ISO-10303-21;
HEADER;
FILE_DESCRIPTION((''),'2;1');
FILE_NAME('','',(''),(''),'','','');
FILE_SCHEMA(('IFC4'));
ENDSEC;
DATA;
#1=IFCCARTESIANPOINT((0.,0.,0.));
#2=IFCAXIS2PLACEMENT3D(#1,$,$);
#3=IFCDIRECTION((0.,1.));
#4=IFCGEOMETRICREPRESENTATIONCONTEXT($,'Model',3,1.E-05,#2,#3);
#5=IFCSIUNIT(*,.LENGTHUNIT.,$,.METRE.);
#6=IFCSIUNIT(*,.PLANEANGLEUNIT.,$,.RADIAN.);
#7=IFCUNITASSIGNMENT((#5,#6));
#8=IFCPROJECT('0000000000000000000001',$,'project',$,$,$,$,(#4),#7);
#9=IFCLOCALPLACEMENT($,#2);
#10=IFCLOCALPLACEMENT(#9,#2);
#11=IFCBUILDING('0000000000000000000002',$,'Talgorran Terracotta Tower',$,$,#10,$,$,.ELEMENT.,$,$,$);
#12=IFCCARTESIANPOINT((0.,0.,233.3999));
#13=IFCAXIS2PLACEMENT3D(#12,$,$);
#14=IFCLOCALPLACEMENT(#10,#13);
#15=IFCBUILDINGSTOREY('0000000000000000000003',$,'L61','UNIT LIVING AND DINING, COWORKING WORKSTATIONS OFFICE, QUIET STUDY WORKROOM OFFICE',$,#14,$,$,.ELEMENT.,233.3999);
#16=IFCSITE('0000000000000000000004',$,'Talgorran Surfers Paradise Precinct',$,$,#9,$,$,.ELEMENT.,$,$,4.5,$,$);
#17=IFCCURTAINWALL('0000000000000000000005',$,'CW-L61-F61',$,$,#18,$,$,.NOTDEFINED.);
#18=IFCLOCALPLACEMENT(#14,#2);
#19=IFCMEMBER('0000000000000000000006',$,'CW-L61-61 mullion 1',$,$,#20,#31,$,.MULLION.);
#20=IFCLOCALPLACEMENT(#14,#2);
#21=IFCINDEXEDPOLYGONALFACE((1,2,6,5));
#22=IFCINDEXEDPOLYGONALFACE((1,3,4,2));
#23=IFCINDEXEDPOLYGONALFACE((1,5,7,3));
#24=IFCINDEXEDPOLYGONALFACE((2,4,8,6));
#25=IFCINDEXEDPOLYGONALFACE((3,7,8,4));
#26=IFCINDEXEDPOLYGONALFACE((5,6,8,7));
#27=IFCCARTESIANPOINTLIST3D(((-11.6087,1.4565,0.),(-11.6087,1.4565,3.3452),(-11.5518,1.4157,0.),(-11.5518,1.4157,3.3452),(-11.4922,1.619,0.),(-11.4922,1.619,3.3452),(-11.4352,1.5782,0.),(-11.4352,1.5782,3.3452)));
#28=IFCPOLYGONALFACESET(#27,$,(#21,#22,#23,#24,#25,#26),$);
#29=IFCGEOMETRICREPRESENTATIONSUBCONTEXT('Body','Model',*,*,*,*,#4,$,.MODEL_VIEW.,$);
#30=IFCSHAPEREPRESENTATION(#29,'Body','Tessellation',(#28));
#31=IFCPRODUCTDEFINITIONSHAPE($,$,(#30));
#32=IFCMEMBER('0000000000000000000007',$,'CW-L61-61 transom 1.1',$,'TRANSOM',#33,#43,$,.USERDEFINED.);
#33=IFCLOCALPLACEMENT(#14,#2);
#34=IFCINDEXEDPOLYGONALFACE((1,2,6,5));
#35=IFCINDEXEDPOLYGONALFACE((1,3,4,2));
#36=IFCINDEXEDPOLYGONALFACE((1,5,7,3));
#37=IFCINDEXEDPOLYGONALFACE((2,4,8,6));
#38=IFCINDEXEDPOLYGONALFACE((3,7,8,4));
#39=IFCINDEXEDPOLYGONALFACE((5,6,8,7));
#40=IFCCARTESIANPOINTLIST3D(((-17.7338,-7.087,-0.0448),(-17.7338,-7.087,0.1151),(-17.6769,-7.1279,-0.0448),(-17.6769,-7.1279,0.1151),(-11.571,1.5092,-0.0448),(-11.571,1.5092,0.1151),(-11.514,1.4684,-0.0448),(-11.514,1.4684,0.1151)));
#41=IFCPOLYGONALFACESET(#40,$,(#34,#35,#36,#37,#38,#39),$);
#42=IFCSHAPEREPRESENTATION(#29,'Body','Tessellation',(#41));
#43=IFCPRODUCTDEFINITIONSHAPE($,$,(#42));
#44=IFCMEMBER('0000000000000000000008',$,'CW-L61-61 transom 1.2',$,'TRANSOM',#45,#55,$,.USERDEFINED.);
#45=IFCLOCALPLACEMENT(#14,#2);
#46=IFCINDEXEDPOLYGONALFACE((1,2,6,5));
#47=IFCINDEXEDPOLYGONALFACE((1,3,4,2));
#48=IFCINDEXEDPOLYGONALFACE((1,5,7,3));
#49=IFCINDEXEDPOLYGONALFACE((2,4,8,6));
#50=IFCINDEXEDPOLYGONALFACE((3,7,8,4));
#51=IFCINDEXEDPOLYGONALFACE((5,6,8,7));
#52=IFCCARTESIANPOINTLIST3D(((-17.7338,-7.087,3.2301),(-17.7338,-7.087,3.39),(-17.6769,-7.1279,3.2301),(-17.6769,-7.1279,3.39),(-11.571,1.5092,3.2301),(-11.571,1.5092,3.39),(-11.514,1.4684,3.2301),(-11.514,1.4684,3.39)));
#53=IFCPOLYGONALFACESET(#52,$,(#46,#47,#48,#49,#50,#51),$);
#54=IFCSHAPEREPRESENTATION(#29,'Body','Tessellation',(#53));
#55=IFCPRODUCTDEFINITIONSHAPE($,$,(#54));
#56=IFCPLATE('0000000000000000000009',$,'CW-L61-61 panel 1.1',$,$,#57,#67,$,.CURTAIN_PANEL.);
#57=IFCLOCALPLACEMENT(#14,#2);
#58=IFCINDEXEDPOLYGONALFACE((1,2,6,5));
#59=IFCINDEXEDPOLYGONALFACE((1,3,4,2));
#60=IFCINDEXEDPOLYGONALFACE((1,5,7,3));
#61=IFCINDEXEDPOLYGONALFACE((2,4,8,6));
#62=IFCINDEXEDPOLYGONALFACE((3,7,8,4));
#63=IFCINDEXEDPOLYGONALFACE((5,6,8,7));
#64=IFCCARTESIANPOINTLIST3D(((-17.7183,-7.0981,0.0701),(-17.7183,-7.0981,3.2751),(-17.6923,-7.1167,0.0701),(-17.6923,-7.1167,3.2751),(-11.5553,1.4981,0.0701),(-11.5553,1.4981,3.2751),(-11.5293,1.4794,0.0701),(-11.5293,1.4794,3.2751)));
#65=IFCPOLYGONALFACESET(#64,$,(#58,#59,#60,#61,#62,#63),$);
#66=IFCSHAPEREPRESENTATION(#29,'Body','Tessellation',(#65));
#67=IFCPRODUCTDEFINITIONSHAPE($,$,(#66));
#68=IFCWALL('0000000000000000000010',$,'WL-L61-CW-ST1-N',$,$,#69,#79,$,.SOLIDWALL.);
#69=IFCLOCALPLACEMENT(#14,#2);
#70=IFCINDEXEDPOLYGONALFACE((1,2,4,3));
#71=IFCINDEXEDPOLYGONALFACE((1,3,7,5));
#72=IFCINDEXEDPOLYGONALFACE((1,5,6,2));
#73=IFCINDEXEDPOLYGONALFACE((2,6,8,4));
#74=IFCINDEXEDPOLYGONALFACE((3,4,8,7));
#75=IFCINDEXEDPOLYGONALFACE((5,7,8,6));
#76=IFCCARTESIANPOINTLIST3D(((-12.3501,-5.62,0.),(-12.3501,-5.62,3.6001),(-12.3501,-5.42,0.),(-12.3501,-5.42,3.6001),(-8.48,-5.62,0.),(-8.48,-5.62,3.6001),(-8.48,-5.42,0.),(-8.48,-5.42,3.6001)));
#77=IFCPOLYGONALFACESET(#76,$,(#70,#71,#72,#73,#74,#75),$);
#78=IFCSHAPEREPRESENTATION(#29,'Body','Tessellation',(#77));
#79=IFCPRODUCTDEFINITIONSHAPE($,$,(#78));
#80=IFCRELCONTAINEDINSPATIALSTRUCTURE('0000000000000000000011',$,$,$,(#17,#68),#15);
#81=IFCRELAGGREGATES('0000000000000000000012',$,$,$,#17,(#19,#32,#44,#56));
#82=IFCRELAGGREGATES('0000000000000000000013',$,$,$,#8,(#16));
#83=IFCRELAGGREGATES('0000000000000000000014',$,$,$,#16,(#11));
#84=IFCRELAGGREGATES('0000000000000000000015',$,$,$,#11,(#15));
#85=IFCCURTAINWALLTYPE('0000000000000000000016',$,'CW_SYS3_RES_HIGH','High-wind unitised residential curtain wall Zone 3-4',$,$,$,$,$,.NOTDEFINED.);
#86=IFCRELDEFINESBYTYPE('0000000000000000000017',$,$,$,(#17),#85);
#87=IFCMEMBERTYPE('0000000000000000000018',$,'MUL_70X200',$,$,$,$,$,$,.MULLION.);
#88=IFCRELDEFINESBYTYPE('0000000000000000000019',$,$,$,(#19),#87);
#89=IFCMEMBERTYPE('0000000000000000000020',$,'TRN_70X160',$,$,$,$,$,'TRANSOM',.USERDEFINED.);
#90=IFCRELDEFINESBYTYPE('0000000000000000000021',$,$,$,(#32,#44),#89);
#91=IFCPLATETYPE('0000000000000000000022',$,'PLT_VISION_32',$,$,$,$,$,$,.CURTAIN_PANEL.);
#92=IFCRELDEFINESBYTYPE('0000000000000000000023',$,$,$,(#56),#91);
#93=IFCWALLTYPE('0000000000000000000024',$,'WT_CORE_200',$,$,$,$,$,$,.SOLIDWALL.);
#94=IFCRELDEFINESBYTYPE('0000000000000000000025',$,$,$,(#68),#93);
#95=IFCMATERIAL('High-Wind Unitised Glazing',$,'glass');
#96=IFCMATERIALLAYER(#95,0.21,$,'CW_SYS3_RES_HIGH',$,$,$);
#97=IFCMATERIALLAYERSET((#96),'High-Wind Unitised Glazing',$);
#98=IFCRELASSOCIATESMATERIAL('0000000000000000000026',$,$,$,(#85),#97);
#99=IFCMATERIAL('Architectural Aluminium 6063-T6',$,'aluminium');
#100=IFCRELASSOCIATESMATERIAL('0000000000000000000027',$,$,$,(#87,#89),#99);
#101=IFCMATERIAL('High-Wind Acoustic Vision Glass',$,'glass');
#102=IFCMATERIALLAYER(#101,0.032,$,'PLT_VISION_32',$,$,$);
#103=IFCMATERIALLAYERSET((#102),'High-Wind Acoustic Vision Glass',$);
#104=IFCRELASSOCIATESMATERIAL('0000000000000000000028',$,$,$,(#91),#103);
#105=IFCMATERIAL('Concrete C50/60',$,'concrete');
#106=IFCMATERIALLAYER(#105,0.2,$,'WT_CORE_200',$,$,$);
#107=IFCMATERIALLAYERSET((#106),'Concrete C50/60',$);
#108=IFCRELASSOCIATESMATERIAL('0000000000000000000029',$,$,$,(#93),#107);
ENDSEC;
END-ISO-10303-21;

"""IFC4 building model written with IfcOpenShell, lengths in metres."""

from ifc_helpers import new_model, si_unit, direction, frame, frame_2d, origin, origin_2d, place, context, subcontext, project, spatial, rectangle, extrude, source, transform, mapped, material, layer, layer_set, material_profile, profile_set, type_object, type_shapes, element, aggregate, save


model = new_model("IFC4")

# Units and contexts
model_context = context("Model", 3, precision=1e-05, world=origin(), true_north=direction((0.0, 1.0)))
body_context = subcontext(model_context, "Body", "Model", "MODEL_VIEW")
ifc_project = project(units=[si_unit("LENGTHUNIT", "METRE"), si_unit("PLANEANGLEUNIT", "RADIAN")], contexts=[model_context])

# Site, building, storey
site_placement = place(None, origin())
site = spatial("IfcSite", under=ifc_project, at=site_placement, Name="Talgorran Surfers Paradise Precinct", CompositionType="ELEMENT", RefElevation=4.5)
building_placement = place(site_placement, origin())
building = spatial("IfcBuilding", under=site, at=building_placement, Name="Talgorran Terracotta Tower", CompositionType="ELEMENT")
storey_placement = place(building_placement, frame((0.0, 0.0, 233.3999)))
storey = spatial("IfcBuildingStorey", under=building, at=storey_placement, Name="L61", Description="UNIT LIVING AND DINING, COWORKING WORKSTATIONS OFFICE, QUIET STUDY WORKROOM OFFICE", CompositionType="ELEMENT", Elevation=233.3999)

# Curtain wall, members, plate
ifc_material_1 = material(Name="High-Wind Unitised Glazing", Category="glass")
ifc_layer_1 = layer(ifc_material_1, 0.21, Name="CW_SYS3_RES_HIGH")
ifc_layer_set_1 = layer_set([ifc_layer_1], Name="High-Wind Unitised Glazing")
curtain_wall_type = type_object("IfcCurtainWallType", Name="CW_SYS3_RES_HIGH", Description="High-wind unitised residential curtain wall Zone 3-4", PredefinedType="NOTDEFINED", material=ifc_layer_set_1)
curtain_wall_placement = place(storey_placement, origin())
curtain_wall = element("IfcCurtainWall", 1, at=curtain_wall_placement, inside=storey, type_object=curtain_wall_type, Name="CW-L61-F61", PredefinedType="NOTDEFINED")
ifc_material_2 = material(Name="Architectural Aluminium 6063-T6", Category="aluminium")
ifc_material_profile_1 = material_profile(ifc_material_2, rectangle(XDim=0.0701, YDim=0.2, at=origin_2d()), Name="CWM70X200")
ifc_profile_set_1 = profile_set([ifc_material_profile_1], Name="Architectural Aluminium 6063-T6")
member_type_1 = type_object("IfcMemberType", Name="MUL_70X200", PredefinedType="MULLION", material=ifc_profile_set_1)
member_1_placement = place(storey_placement, frame((-11.522, 1.5173, 0.0), z_axis=(0.0, 0.0, 1.0), x_axis=(0.812711, -0.582667, 0.0)))
member_1 = element("IfcMember", 2, at=member_1_placement, type_object=member_type_1, Name="CW-L61-61 mullion 1", PredefinedType="MULLION", context=body_context, shape_type="SweptSolid", body=[
    extrude(rectangle(XDim=0.0701, YDim=0.2, at=origin_2d()), origin(), (0.0, 0.0, 1.0), 3.3452),
])
ifc_material_profile_2 = material_profile(ifc_material_2, rectangle(XDim=0.0701, YDim=0.1599, at=origin_2d()), Name="CWT70X160")
ifc_profile_set_2 = profile_set([ifc_material_profile_2], Name="Architectural Aluminium 6063-T6")
member_type_2 = type_object("IfcMemberType", Name="TRN_70X160", ElementType="TRANSOM", PredefinedType="USERDEFINED", material=ifc_profile_set_2)
member_2_placement = place(storey_placement, frame((-11.5425, 1.4888, 0.0352), z_axis=(-0.582659, -0.812717, 0.0), x_axis=(0.812717, -0.582659, 0.0)))
member_2 = element("IfcMember", 3, at=member_2_placement, type_object=member_type_2, Name="CW-L61-61 transom 1.1", ObjectType="TRANSOM", PredefinedType="USERDEFINED", context=body_context, shape_type="SweptSolid", body=[
    extrude(rectangle(XDim=0.0701, YDim=0.1599, at=origin_2d()), origin(), (0.0, 0.0, 1.0), 10.5771),
])
member_3_placement = place(storey_placement, frame((-11.5425, 1.4888, 3.3101), z_axis=(-0.582659, -0.812717, 0.0), x_axis=(0.812717, -0.582659, 0.0)))
member_3 = element("IfcMember", 4, at=member_3_placement, type_object=member_type_2, Name="CW-L61-61 transom 1.2", ObjectType="TRANSOM", PredefinedType="USERDEFINED", context=body_context, shape_type="SweptSolid", body=[
    extrude(rectangle(XDim=0.0701, YDim=0.1599, at=origin_2d()), origin(), (0.0, 0.0, 1.0), 10.5771),
])
ifc_material_3 = material(Name="High-Wind Acoustic Vision Glass", Category="glass")
ifc_layer_2 = layer(ifc_material_3, 0.032, Name="PLT_VISION_32")
ifc_layer_set_2 = layer_set([ifc_layer_2], Name="High-Wind Acoustic Vision Glass")
plate_type = type_object("IfcPlateType", Name="PLT_VISION_32", PredefinedType="CURTAIN_PANEL", material=ifc_layer_set_2)
shared_shape = source(origin(), body_context, "Body", "SweptSolid", [
    extrude(rectangle(XDim=10.5771, YDim=0.032, at=origin_2d()), origin(), (0.0, 0.0, 1.0), 3.2051),
])
type_shapes(plate_type, [shared_shape])
plate_placement = place(storey_placement, frame((-14.6238, -2.8093, 0.0701), z_axis=(0.0, 0.0, 1.0), x_axis=(-0.582667, -0.812711, 0.0)))
plate = element("IfcPlate", 5, at=plate_placement, type_object=plate_type, Name="CW-L61-61 panel 1.1", PredefinedType="CURTAIN_PANEL", context=body_context, shape_type="MappedRepresentation", body=[
    mapped(shared_shape, transform((0.0, 0.0, 0.0), scale=1.0)),
])
aggregate(curtain_wall, [member_1, member_2, member_3, plate])

# Wall
ifc_material_4 = material(Name="Concrete C50/60", Category="concrete")
ifc_layer_3 = layer(ifc_material_4, 0.2, Name="WT_CORE_200")
ifc_layer_set_3 = layer_set([ifc_layer_3], Name="Concrete C50/60")
wall_type_1 = type_object("IfcWallType", Name="WT_CORE_200", PredefinedType="SOLIDWALL", material=ifc_layer_set_3)
wall_1_placement = place(storey_placement, frame((-12.3501, -5.52, 0.0), z_axis=(0.0, 0.0, 1.0), x_axis=(1.0, 0.0, 0.0)))
element("IfcWall", 6, at=wall_1_placement, inside=storey, type_object=wall_type_1, Name="WL-L61-CW-ST1-N", PredefinedType="SOLIDWALL", context=body_context, shape_type="SweptSolid", body=[
    extrude(rectangle(XDim=3.8701, YDim=0.2, at=frame_2d((1.9351, 0.0))), origin(), (0.0, 0.0, 1.0), 3.6001),
])

save(model, "model.ifc")
